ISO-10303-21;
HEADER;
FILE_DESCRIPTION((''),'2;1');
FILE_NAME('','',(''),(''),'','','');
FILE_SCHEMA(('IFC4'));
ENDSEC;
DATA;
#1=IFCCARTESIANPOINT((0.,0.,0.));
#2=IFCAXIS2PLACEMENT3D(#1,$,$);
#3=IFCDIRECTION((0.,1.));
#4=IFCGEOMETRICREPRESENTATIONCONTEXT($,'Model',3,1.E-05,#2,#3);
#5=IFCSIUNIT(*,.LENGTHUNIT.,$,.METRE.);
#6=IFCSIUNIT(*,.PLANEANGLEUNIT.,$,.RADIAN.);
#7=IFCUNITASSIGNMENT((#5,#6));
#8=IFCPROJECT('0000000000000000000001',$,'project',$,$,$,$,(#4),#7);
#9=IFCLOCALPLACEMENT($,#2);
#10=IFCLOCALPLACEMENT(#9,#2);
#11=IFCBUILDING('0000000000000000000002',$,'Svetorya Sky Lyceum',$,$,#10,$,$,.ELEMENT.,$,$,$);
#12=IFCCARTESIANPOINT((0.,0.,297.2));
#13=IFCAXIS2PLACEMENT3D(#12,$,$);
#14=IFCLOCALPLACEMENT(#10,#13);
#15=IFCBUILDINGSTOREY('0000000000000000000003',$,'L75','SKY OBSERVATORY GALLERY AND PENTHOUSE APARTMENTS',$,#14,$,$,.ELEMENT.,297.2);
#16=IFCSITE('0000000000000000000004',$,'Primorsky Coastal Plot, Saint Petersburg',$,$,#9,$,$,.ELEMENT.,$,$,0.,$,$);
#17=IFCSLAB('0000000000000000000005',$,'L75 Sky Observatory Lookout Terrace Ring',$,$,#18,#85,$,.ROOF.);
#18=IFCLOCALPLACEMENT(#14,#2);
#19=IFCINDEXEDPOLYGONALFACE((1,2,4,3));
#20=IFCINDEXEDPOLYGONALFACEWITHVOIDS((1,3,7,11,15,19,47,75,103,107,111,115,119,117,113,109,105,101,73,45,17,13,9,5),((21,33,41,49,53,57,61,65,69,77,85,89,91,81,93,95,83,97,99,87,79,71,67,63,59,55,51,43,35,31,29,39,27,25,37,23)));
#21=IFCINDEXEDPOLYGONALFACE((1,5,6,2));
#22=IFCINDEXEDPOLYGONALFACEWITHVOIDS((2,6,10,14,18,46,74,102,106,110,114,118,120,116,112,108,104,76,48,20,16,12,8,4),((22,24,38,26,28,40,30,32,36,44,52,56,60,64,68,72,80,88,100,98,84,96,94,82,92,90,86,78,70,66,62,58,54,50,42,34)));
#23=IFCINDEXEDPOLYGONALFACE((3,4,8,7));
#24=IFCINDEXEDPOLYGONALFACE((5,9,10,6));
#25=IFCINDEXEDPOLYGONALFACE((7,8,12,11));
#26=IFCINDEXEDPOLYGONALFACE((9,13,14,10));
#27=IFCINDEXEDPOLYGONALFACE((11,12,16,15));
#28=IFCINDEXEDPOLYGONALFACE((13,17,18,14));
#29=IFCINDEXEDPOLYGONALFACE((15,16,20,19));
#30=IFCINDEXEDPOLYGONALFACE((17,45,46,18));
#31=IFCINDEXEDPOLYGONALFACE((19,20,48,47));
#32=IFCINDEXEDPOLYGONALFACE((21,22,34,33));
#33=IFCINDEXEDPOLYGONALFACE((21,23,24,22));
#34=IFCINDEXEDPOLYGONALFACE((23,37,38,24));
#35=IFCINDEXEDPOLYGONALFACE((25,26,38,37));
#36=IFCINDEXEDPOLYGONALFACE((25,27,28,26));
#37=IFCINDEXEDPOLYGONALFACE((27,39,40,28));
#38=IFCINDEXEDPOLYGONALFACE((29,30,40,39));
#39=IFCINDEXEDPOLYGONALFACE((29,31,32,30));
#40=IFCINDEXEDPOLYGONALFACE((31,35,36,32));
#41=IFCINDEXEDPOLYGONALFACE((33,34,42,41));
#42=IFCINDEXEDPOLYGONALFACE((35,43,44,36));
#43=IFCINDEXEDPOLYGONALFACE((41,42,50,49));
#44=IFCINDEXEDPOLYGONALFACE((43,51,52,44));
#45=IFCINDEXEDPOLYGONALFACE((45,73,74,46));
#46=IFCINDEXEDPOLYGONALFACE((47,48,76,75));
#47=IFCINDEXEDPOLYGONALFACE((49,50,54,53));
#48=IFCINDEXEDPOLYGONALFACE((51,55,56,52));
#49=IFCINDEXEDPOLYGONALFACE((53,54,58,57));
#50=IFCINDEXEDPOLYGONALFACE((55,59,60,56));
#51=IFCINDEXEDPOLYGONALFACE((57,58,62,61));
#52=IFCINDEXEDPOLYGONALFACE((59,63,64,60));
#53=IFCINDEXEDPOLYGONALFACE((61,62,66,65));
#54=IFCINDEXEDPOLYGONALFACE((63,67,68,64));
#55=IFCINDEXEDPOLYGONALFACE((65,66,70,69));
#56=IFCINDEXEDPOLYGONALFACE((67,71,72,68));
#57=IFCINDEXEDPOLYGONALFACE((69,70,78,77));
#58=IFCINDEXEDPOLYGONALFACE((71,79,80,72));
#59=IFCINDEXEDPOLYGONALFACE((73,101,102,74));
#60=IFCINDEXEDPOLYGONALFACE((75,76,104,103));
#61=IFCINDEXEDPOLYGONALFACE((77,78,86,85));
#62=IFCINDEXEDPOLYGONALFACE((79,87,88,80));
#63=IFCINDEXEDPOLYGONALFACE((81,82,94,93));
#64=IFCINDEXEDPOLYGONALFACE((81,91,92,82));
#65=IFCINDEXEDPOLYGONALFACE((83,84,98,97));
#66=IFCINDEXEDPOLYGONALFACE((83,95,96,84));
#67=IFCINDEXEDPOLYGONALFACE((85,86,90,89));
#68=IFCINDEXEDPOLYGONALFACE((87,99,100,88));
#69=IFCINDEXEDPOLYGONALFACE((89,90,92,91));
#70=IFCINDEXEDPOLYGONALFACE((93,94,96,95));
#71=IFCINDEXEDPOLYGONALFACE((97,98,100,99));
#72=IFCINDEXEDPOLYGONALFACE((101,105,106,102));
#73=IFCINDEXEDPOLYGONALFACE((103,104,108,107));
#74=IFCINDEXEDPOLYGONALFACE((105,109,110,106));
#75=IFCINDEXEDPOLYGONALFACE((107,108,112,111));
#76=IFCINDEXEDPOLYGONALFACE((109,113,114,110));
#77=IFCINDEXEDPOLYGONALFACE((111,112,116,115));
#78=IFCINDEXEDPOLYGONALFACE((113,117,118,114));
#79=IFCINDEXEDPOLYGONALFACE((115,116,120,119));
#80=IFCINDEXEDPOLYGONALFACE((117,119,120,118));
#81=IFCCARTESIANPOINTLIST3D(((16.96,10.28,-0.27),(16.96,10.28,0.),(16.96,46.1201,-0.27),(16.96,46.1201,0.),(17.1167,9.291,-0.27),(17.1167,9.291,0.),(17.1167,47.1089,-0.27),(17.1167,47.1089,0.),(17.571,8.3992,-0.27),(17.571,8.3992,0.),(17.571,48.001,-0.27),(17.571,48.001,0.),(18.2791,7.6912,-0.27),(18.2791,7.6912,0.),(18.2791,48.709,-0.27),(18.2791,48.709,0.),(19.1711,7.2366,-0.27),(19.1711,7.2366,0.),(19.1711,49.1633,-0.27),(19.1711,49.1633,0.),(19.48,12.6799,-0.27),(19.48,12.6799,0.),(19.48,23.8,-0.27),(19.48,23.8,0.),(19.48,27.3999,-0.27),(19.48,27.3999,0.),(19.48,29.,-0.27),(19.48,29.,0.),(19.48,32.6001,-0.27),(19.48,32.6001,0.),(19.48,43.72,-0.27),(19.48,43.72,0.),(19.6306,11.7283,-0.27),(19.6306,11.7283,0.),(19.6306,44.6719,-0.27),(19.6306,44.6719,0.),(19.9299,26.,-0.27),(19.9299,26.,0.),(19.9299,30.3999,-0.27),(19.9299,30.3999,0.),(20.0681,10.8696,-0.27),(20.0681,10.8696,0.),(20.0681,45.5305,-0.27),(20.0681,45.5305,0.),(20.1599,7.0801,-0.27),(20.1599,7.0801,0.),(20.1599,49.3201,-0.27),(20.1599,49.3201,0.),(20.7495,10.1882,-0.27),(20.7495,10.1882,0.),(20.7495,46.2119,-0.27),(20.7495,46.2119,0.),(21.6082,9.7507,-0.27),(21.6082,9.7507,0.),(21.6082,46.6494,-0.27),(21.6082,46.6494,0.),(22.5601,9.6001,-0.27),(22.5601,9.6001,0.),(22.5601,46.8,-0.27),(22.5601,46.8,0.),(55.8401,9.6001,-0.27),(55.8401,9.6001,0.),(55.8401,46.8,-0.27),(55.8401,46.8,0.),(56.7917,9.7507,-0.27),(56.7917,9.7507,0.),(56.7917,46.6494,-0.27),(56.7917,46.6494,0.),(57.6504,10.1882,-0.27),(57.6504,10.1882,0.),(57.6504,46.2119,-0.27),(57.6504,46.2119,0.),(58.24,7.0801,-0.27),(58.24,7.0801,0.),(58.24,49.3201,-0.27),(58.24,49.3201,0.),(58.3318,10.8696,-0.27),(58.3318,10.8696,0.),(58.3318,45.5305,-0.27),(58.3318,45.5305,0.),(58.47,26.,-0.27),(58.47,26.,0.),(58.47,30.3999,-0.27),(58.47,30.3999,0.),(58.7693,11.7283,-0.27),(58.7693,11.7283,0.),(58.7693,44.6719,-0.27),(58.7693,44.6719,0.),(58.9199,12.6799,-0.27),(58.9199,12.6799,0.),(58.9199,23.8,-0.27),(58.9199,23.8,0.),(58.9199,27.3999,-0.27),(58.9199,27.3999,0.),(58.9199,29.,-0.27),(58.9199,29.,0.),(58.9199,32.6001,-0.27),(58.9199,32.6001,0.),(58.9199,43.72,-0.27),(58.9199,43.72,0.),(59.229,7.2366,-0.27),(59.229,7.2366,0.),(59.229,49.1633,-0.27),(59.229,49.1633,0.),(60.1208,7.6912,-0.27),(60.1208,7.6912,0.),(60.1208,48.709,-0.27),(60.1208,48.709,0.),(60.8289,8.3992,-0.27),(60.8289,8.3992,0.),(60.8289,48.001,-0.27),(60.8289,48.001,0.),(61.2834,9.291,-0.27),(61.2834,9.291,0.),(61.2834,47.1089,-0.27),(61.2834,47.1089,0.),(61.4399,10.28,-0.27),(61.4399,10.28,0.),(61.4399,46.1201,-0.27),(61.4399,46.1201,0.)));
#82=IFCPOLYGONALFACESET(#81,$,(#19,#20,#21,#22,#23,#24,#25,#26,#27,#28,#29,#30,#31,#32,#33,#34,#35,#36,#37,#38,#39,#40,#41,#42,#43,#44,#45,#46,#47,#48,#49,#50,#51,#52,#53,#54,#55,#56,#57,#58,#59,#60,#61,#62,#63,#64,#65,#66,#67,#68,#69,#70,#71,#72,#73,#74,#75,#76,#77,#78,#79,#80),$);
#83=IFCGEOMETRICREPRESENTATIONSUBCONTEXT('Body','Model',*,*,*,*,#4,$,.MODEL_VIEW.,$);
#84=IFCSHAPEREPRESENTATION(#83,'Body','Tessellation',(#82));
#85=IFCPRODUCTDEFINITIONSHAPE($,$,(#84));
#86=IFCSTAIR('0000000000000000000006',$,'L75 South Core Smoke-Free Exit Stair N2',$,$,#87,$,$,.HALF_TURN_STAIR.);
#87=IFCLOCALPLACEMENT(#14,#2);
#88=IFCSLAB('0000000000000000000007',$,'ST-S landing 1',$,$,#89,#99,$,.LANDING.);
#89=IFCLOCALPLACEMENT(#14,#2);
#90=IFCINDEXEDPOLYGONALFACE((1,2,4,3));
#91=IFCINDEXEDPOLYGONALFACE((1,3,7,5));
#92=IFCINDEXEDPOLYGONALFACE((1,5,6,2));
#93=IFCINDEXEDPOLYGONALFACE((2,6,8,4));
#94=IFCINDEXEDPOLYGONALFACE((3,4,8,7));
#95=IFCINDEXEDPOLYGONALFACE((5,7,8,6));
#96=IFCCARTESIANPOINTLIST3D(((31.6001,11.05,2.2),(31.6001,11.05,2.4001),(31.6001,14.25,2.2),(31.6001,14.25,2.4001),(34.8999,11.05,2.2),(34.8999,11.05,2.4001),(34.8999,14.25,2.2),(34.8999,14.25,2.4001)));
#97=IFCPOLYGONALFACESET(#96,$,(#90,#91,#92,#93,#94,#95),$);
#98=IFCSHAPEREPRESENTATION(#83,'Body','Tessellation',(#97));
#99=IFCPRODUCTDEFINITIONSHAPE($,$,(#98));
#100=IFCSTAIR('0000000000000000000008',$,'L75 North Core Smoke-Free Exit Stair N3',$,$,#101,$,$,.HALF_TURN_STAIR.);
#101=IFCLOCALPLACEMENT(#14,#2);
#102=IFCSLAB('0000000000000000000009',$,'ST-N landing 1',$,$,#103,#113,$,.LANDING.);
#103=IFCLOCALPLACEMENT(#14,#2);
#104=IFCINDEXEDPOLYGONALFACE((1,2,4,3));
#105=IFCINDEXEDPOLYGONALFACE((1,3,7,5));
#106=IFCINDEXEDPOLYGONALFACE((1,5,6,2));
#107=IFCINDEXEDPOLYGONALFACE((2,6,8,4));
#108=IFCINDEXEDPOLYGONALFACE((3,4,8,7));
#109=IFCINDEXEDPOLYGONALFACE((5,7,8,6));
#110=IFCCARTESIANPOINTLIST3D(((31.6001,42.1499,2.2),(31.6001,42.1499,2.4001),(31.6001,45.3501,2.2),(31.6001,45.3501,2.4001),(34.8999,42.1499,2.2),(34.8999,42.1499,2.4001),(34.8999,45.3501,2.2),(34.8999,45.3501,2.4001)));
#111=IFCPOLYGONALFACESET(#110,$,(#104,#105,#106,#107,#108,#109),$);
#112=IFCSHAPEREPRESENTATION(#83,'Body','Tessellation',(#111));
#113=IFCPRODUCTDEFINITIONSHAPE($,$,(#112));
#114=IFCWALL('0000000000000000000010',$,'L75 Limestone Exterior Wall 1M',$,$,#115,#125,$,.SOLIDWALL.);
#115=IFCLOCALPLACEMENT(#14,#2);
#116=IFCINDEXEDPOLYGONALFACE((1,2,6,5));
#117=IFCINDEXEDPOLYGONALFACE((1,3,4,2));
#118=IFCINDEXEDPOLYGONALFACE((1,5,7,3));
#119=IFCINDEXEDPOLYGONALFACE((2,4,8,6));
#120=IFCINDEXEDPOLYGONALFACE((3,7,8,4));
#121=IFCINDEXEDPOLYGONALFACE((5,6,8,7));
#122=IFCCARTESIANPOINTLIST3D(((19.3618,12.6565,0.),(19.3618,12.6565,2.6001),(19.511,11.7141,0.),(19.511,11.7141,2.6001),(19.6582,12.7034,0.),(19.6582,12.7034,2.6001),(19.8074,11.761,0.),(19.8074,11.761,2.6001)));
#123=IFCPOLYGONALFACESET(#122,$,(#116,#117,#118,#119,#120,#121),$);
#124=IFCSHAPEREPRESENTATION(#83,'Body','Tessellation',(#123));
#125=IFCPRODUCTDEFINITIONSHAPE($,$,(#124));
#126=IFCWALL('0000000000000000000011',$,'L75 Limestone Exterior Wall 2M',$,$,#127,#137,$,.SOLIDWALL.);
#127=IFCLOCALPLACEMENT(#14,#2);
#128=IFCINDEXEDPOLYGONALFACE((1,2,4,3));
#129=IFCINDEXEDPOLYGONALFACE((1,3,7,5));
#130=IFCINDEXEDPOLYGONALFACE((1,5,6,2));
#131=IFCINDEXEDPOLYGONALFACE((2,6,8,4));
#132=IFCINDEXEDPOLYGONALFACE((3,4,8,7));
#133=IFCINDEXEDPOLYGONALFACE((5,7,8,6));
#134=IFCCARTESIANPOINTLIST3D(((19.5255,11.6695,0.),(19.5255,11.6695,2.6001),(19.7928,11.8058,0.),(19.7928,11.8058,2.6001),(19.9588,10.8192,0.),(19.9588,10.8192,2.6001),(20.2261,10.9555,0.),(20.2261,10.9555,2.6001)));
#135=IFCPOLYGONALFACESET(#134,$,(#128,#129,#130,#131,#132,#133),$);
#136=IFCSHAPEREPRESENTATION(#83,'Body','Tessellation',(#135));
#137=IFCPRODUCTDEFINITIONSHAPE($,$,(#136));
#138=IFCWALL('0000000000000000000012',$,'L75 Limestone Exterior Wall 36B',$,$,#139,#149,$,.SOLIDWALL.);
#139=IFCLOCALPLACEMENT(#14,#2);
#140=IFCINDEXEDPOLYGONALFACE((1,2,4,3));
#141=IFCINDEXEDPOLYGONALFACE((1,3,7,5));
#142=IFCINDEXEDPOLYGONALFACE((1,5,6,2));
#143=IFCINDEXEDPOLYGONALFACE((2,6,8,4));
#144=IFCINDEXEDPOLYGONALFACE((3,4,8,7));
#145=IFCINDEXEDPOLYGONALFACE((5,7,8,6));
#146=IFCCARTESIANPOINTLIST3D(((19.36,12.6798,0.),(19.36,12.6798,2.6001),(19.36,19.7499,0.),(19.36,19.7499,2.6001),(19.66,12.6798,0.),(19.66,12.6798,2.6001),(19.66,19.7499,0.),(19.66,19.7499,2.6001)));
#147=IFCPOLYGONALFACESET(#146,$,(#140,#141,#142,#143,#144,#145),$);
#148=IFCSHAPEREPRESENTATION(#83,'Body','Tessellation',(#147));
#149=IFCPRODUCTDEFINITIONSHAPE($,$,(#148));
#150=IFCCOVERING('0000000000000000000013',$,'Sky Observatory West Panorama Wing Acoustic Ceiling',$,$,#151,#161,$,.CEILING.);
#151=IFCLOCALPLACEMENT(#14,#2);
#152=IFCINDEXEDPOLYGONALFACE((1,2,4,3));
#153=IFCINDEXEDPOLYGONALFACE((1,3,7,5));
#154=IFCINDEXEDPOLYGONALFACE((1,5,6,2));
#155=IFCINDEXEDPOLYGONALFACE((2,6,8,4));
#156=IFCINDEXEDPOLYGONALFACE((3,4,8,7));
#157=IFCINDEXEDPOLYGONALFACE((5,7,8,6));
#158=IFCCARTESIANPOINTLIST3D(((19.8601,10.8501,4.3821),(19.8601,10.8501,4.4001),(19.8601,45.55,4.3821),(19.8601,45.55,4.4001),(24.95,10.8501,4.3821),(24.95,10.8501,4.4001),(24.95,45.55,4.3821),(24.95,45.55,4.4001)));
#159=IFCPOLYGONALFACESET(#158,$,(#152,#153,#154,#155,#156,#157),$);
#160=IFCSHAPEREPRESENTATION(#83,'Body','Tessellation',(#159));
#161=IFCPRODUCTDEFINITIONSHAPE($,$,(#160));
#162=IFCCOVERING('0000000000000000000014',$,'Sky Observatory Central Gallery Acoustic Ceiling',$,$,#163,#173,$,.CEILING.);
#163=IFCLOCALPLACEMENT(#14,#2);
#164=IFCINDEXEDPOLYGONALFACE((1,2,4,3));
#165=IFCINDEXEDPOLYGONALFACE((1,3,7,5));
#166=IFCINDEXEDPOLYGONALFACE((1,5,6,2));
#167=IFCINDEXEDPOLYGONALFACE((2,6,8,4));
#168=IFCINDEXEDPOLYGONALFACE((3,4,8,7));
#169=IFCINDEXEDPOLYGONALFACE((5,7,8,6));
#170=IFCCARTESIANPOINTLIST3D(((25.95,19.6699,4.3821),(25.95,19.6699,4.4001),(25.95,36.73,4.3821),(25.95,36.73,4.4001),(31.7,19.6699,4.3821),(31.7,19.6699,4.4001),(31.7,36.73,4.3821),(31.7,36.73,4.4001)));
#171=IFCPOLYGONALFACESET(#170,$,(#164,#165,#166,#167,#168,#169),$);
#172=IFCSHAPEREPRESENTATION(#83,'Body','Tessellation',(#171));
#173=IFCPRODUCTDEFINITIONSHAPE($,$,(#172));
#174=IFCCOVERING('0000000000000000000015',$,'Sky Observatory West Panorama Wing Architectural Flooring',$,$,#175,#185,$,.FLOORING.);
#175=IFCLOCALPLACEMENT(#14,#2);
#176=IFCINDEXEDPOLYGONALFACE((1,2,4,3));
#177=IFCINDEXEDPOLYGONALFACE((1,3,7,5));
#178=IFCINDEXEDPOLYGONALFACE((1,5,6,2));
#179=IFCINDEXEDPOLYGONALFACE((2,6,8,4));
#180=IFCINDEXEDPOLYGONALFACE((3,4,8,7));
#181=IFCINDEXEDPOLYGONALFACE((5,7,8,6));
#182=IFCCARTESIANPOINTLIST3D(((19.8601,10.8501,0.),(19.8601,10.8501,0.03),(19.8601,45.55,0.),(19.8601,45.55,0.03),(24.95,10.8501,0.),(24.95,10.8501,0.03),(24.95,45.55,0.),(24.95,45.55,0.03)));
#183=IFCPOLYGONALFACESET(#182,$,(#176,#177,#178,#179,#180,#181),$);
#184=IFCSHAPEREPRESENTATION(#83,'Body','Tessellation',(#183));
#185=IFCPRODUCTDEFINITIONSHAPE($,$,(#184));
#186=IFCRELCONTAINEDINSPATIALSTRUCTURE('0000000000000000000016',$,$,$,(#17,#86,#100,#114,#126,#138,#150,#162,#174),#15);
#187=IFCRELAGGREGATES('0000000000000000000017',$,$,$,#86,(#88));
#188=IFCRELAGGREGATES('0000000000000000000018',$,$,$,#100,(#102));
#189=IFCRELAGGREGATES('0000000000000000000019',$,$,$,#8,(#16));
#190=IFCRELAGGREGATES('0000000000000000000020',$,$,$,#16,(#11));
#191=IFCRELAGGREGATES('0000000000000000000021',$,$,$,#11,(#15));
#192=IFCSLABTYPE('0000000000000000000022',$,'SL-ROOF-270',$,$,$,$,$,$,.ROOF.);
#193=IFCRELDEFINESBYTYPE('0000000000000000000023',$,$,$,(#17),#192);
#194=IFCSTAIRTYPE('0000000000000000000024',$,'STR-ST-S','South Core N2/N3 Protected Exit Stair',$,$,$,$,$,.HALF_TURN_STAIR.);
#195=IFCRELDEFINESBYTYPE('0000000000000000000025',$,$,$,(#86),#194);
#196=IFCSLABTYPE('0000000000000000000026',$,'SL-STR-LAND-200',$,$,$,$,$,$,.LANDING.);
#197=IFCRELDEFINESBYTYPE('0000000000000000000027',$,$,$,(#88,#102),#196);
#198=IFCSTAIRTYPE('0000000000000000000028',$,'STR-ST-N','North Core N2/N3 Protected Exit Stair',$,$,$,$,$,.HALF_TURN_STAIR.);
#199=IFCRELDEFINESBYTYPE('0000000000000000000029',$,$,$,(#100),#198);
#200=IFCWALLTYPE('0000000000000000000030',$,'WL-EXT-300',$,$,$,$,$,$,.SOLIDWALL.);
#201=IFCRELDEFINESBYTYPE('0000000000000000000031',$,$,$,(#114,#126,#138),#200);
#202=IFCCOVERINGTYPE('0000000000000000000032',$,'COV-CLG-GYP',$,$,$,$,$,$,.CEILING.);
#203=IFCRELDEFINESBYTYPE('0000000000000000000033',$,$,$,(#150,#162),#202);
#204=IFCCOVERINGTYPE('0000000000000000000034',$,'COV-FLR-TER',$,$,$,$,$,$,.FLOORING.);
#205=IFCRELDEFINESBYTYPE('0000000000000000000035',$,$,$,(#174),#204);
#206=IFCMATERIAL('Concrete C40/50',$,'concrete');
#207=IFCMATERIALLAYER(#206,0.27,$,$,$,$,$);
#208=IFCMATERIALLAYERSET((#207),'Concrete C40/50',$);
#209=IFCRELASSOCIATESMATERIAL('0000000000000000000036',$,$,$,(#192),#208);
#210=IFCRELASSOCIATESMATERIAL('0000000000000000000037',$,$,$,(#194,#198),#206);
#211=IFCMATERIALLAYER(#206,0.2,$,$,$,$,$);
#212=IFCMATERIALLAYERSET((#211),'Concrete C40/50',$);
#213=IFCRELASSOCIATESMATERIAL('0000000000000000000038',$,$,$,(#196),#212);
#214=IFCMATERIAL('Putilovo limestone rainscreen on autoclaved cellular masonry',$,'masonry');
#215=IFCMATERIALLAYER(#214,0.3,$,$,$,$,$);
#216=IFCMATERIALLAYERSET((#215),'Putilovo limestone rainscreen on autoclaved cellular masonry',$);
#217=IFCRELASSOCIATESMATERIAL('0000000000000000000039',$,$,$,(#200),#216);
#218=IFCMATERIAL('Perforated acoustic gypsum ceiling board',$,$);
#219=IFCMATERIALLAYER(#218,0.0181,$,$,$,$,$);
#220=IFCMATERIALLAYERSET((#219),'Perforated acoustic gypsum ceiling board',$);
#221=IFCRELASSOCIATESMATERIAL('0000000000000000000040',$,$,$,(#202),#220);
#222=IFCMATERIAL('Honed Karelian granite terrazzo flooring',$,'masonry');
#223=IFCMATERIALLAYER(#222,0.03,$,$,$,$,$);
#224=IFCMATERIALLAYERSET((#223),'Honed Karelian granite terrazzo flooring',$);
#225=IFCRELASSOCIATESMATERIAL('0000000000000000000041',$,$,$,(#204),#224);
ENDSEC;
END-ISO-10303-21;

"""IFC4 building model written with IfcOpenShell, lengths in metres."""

from ifc_helpers import new_model, si_unit, direction, frame, frame_2d, origin, place, context, subcontext, project, spatial, polyline, rectangle, outline, extrude, material, layer, layer_set, type_object, element, aggregate, save


model = new_model("IFC4")

# Units and contexts
model_context = context("Model", 3, precision=1e-05, world=origin(), true_north=direction((0.0, 1.0)))
body_context = subcontext(model_context, "Body", "Model", "MODEL_VIEW")
ifc_project = project(units=[si_unit("LENGTHUNIT", "METRE"), si_unit("PLANEANGLEUNIT", "RADIAN")], contexts=[model_context])

# Site, building, storey
site_placement = place(None, origin())
site = spatial("IfcSite", under=ifc_project, at=site_placement, Name="Primorsky Coastal Plot, Saint Petersburg", CompositionType="ELEMENT", RefElevation=0.0)
building_placement = place(site_placement, origin())
building = spatial("IfcBuilding", under=site, at=building_placement, Name="Svetorya Sky Lyceum", CompositionType="ELEMENT")
storey_placement = place(building_placement, frame((0.0, 0.0, 297.2)))
storey = spatial("IfcBuildingStorey", under=building, at=storey_placement, Name="L75", Description="SKY OBSERVATORY GALLERY AND PENTHOUSE APARTMENTS", CompositionType="ELEMENT", Elevation=297.2)

# Shared definitions
ifc_material_1 = material(Name="Concrete C40/50", Category="concrete")

# Slab
ifc_layer_1 = layer(ifc_material_1, 0.27)
ifc_layer_set_1 = layer_set([ifc_layer_1], Name="Concrete C40/50")
slab_type_1 = type_object("IfcSlabType", Name="SL-ROOF-270", PredefinedType="ROOF", material=ifc_layer_set_1)
slab_1_placement = place(storey_placement, frame((0.0, 0.0, -0.27)))
element("IfcSlab", 1, at=slab_1_placement, inside=storey, type_object=slab_type_1, Name="L75 Sky Observatory Lookout Terrace Ring", PredefinedType="ROOF", context=body_context, shape_type="SweptSolid", body=[
    extrude(outline(polyline([(16.96, 10.28), (17.1167, 9.291), (17.571, 8.3992), (18.2791, 7.6912), (19.1711, 7.2366), (20.1599, 7.0801), (58.24, 7.0801), (59.229, 7.2366), (60.1208, 7.6912), (60.8289, 8.3992), (61.2834, 9.291), (61.4399, 10.28), (61.4399, 46.1201), (61.2834, 47.1089), (60.8289, 48.001), (60.1208, 48.709), (59.229, 49.1633), (58.24, 49.3201), (20.1599, 49.3201), (19.1711, 49.1633), (18.2791, 48.709), (17.571, 48.001), (17.1167, 47.1089), (16.96, 46.1201), (16.96, 10.28)]), holes=[polyline([(19.48, 12.6799), (19.6306, 11.7283), (20.0681, 10.8696), (20.7495, 10.1882), (21.6082, 9.7507), (22.5601, 9.6001), (55.8401, 9.6001), (56.7917, 9.7507), (57.6504, 10.1882), (58.3318, 10.8696), (58.7693, 11.7283), (58.9199, 12.6799), (58.9199, 23.8), (58.47, 26.0), (58.9199, 27.3999), (58.9199, 29.0), (58.47, 30.3999), (58.9199, 32.6001), (58.9199, 43.72), (58.7693, 44.6719), (58.3318, 45.5305), (57.6504, 46.2119), (56.7917, 46.6494), (55.8401, 46.8), (22.5601, 46.8), (21.6082, 46.6494), (20.7495, 46.2119), (20.0681, 45.5305), (19.6306, 44.6719), (19.48, 43.72), (19.48, 32.6001), (19.9299, 30.3999), (19.48, 29.0), (19.48, 27.3999), (19.9299, 26.0), (19.48, 23.8), (19.48, 12.6799)])]), origin(), (0.0, 0.0, 1.0), 0.27),
])

# Stairs, slabs
stair_type_1 = type_object("IfcStairType", Name="STR-ST-S", Description="South Core N2/N3 Protected Exit Stair", PredefinedType="HALF_TURN_STAIR", material=ifc_material_1)
stair_1_placement = place(storey_placement, origin())
stair_1 = element("IfcStair", 2, at=stair_1_placement, inside=storey, type_object=stair_type_1, Name="L75 South Core Smoke-Free Exit Stair N2", PredefinedType="HALF_TURN_STAIR")
ifc_layer_2 = layer(ifc_material_1, 0.2)
ifc_layer_set_2 = layer_set([ifc_layer_2], Name="Concrete C40/50")
slab_type_2 = type_object("IfcSlabType", Name="SL-STR-LAND-200", PredefinedType="LANDING", material=ifc_layer_set_2)
slab_2_placement = place(storey_placement, frame((0.0, 0.0, 2.2)))
slab_2 = element("IfcSlab", 3, at=slab_2_placement, type_object=slab_type_2, Name="ST-S landing 1", PredefinedType="LANDING", context=body_context, shape_type="SweptSolid", body=[
    extrude(outline(polyline([(31.6001, 11.05), (34.8999, 11.05), (34.8999, 14.25), (31.6001, 14.25), (31.6001, 11.05)])), origin(), (0.0, 0.0, 1.0), 0.2002),
])
aggregate(stair_1, [slab_2])
stair_type_2 = type_object("IfcStairType", Name="STR-ST-N", Description="North Core N2/N3 Protected Exit Stair", PredefinedType="HALF_TURN_STAIR", material=ifc_material_1)
stair_2_placement = place(storey_placement, origin())
stair_2 = element("IfcStair", 4, at=stair_2_placement, inside=storey, type_object=stair_type_2, Name="L75 North Core Smoke-Free Exit Stair N3", PredefinedType="HALF_TURN_STAIR")
slab_3_placement = place(storey_placement, frame((0.0, 0.0, 2.2)))
slab_3 = element("IfcSlab", 5, at=slab_3_placement, type_object=slab_type_2, Name="ST-N landing 1", PredefinedType="LANDING", context=body_context, shape_type="SweptSolid", body=[
    extrude(outline(polyline([(31.6001, 42.1499), (34.8999, 42.1499), (34.8999, 45.3501), (31.6001, 45.3501), (31.6001, 42.1499)])), origin(), (0.0, 0.0, 1.0), 0.2002),
])
aggregate(stair_2, [slab_3])

# Walls
ifc_material_2 = material(Name="Putilovo limestone rainscreen on autoclaved cellular masonry", Category="masonry")
ifc_layer_3 = layer(ifc_material_2, 0.3)
ifc_layer_set_3 = layer_set([ifc_layer_3], Name="Putilovo limestone rainscreen on autoclaved cellular masonry")
wall_type = type_object("IfcWallType", Name="WL-EXT-300", PredefinedType="SOLIDWALL", material=ifc_layer_set_3)
wall_1_placement = place(storey_placement, frame((19.51, 12.6799, 0.0), z_axis=(0.0, 0.0, 1.0), x_axis=(0.156344, -0.987703, 0.0)))
element("IfcWall", 6, at=wall_1_placement, inside=storey, type_object=wall_type, Name="L75 Limestone Exterior Wall 1M", PredefinedType="SOLIDWALL", context=body_context, shape_type="SweptSolid", body=[
    extrude(rectangle(XDim=0.9541, YDim=0.3, at=frame_2d((0.4771, 0.0))), origin(), (0.0, 0.0, 1.0), 2.6001),
])
wall_2_placement = place(storey_placement, frame((19.6592, 11.7375, 0.0), z_axis=(0.0, 0.0, 1.0), x_axis=(0.454056, -0.890973, 0.0)))
element("IfcWall", 7, at=wall_2_placement, inside=storey, type_object=wall_type, Name="L75 Limestone Exterior Wall 2M", PredefinedType="SOLIDWALL", context=body_context, shape_type="SweptSolid", body=[
    extrude(rectangle(XDim=0.9543, YDim=0.3, at=frame_2d((0.4771, 0.0))), origin(), (0.0, 0.0, 1.0), 2.6001),
])
wall_3_placement = place(storey_placement, frame((19.51, 19.75, 0.0), z_axis=(0.0, 0.0, 1.0), x_axis=(0.0, -1.0, 0.0)))
element("IfcWall", 8, at=wall_3_placement, inside=storey, type_object=wall_type, Name="L75 Limestone Exterior Wall 36B", PredefinedType="SOLIDWALL", context=body_context, shape_type="SweptSolid", body=[
    extrude(rectangle(XDim=7.0701, YDim=0.3, at=frame_2d((3.5352, 0.0))), origin(), (0.0, 0.0, 1.0), 2.6001),
])

# Coverings
ifc_material_3 = material(Name="Perforated acoustic gypsum ceiling board")
ifc_layer_4 = layer(ifc_material_3, 0.0181)
ifc_layer_set_4 = layer_set([ifc_layer_4], Name="Perforated acoustic gypsum ceiling board")
covering_type_1 = type_object("IfcCoveringType", Name="COV-CLG-GYP", PredefinedType="CEILING", material=ifc_layer_set_4)
covering_1_placement = place(storey_placement, frame((0.0, 0.0, 4.3821)))
element("IfcCovering", 9, at=covering_1_placement, inside=storey, type_object=covering_type_1, Name="Sky Observatory West Panorama Wing Acoustic Ceiling", PredefinedType="CEILING", context=body_context, shape_type="SweptSolid", body=[
    extrude(outline(polyline([(19.8601, 10.8501), (24.95, 10.8501), (24.95, 45.55), (19.8601, 45.55), (19.8601, 10.8501)])), origin(), (0.0, 0.0, 1.0), 0.0181),
])
covering_2_placement = place(storey_placement, frame((0.0, 0.0, 4.3821)))
element("IfcCovering", 10, at=covering_2_placement, inside=storey, type_object=covering_type_1, Name="Sky Observatory Central Gallery Acoustic Ceiling", PredefinedType="CEILING", context=body_context, shape_type="SweptSolid", body=[
    extrude(outline(polyline([(25.95, 19.6699), (31.7, 19.6699), (31.7, 36.73), (25.95, 36.73), (25.95, 19.6699)])), origin(), (0.0, 0.0, 1.0), 0.0181),
])
ifc_material_4 = material(Name="Honed Karelian granite terrazzo flooring", Category="masonry")
ifc_layer_5 = layer(ifc_material_4, 0.03)
ifc_layer_set_5 = layer_set([ifc_layer_5], Name="Honed Karelian granite terrazzo flooring")
covering_type_2 = type_object("IfcCoveringType", Name="COV-FLR-TER", PredefinedType="FLOORING", material=ifc_layer_set_5)
covering_3_placement = place(storey_placement, origin())
element("IfcCovering", 11, at=covering_3_placement, inside=storey, type_object=covering_type_2, Name="Sky Observatory West Panorama Wing Architectural Flooring", PredefinedType="FLOORING", context=body_context, shape_type="SweptSolid", body=[
    extrude(outline(polyline([(19.8601, 10.8501), (24.95, 10.8501), (24.95, 45.55), (19.8601, 45.55), (19.8601, 10.8501)])), origin(), (0.0, 0.0, 1.0), 0.03),
])

save(model, "model.ifc")
